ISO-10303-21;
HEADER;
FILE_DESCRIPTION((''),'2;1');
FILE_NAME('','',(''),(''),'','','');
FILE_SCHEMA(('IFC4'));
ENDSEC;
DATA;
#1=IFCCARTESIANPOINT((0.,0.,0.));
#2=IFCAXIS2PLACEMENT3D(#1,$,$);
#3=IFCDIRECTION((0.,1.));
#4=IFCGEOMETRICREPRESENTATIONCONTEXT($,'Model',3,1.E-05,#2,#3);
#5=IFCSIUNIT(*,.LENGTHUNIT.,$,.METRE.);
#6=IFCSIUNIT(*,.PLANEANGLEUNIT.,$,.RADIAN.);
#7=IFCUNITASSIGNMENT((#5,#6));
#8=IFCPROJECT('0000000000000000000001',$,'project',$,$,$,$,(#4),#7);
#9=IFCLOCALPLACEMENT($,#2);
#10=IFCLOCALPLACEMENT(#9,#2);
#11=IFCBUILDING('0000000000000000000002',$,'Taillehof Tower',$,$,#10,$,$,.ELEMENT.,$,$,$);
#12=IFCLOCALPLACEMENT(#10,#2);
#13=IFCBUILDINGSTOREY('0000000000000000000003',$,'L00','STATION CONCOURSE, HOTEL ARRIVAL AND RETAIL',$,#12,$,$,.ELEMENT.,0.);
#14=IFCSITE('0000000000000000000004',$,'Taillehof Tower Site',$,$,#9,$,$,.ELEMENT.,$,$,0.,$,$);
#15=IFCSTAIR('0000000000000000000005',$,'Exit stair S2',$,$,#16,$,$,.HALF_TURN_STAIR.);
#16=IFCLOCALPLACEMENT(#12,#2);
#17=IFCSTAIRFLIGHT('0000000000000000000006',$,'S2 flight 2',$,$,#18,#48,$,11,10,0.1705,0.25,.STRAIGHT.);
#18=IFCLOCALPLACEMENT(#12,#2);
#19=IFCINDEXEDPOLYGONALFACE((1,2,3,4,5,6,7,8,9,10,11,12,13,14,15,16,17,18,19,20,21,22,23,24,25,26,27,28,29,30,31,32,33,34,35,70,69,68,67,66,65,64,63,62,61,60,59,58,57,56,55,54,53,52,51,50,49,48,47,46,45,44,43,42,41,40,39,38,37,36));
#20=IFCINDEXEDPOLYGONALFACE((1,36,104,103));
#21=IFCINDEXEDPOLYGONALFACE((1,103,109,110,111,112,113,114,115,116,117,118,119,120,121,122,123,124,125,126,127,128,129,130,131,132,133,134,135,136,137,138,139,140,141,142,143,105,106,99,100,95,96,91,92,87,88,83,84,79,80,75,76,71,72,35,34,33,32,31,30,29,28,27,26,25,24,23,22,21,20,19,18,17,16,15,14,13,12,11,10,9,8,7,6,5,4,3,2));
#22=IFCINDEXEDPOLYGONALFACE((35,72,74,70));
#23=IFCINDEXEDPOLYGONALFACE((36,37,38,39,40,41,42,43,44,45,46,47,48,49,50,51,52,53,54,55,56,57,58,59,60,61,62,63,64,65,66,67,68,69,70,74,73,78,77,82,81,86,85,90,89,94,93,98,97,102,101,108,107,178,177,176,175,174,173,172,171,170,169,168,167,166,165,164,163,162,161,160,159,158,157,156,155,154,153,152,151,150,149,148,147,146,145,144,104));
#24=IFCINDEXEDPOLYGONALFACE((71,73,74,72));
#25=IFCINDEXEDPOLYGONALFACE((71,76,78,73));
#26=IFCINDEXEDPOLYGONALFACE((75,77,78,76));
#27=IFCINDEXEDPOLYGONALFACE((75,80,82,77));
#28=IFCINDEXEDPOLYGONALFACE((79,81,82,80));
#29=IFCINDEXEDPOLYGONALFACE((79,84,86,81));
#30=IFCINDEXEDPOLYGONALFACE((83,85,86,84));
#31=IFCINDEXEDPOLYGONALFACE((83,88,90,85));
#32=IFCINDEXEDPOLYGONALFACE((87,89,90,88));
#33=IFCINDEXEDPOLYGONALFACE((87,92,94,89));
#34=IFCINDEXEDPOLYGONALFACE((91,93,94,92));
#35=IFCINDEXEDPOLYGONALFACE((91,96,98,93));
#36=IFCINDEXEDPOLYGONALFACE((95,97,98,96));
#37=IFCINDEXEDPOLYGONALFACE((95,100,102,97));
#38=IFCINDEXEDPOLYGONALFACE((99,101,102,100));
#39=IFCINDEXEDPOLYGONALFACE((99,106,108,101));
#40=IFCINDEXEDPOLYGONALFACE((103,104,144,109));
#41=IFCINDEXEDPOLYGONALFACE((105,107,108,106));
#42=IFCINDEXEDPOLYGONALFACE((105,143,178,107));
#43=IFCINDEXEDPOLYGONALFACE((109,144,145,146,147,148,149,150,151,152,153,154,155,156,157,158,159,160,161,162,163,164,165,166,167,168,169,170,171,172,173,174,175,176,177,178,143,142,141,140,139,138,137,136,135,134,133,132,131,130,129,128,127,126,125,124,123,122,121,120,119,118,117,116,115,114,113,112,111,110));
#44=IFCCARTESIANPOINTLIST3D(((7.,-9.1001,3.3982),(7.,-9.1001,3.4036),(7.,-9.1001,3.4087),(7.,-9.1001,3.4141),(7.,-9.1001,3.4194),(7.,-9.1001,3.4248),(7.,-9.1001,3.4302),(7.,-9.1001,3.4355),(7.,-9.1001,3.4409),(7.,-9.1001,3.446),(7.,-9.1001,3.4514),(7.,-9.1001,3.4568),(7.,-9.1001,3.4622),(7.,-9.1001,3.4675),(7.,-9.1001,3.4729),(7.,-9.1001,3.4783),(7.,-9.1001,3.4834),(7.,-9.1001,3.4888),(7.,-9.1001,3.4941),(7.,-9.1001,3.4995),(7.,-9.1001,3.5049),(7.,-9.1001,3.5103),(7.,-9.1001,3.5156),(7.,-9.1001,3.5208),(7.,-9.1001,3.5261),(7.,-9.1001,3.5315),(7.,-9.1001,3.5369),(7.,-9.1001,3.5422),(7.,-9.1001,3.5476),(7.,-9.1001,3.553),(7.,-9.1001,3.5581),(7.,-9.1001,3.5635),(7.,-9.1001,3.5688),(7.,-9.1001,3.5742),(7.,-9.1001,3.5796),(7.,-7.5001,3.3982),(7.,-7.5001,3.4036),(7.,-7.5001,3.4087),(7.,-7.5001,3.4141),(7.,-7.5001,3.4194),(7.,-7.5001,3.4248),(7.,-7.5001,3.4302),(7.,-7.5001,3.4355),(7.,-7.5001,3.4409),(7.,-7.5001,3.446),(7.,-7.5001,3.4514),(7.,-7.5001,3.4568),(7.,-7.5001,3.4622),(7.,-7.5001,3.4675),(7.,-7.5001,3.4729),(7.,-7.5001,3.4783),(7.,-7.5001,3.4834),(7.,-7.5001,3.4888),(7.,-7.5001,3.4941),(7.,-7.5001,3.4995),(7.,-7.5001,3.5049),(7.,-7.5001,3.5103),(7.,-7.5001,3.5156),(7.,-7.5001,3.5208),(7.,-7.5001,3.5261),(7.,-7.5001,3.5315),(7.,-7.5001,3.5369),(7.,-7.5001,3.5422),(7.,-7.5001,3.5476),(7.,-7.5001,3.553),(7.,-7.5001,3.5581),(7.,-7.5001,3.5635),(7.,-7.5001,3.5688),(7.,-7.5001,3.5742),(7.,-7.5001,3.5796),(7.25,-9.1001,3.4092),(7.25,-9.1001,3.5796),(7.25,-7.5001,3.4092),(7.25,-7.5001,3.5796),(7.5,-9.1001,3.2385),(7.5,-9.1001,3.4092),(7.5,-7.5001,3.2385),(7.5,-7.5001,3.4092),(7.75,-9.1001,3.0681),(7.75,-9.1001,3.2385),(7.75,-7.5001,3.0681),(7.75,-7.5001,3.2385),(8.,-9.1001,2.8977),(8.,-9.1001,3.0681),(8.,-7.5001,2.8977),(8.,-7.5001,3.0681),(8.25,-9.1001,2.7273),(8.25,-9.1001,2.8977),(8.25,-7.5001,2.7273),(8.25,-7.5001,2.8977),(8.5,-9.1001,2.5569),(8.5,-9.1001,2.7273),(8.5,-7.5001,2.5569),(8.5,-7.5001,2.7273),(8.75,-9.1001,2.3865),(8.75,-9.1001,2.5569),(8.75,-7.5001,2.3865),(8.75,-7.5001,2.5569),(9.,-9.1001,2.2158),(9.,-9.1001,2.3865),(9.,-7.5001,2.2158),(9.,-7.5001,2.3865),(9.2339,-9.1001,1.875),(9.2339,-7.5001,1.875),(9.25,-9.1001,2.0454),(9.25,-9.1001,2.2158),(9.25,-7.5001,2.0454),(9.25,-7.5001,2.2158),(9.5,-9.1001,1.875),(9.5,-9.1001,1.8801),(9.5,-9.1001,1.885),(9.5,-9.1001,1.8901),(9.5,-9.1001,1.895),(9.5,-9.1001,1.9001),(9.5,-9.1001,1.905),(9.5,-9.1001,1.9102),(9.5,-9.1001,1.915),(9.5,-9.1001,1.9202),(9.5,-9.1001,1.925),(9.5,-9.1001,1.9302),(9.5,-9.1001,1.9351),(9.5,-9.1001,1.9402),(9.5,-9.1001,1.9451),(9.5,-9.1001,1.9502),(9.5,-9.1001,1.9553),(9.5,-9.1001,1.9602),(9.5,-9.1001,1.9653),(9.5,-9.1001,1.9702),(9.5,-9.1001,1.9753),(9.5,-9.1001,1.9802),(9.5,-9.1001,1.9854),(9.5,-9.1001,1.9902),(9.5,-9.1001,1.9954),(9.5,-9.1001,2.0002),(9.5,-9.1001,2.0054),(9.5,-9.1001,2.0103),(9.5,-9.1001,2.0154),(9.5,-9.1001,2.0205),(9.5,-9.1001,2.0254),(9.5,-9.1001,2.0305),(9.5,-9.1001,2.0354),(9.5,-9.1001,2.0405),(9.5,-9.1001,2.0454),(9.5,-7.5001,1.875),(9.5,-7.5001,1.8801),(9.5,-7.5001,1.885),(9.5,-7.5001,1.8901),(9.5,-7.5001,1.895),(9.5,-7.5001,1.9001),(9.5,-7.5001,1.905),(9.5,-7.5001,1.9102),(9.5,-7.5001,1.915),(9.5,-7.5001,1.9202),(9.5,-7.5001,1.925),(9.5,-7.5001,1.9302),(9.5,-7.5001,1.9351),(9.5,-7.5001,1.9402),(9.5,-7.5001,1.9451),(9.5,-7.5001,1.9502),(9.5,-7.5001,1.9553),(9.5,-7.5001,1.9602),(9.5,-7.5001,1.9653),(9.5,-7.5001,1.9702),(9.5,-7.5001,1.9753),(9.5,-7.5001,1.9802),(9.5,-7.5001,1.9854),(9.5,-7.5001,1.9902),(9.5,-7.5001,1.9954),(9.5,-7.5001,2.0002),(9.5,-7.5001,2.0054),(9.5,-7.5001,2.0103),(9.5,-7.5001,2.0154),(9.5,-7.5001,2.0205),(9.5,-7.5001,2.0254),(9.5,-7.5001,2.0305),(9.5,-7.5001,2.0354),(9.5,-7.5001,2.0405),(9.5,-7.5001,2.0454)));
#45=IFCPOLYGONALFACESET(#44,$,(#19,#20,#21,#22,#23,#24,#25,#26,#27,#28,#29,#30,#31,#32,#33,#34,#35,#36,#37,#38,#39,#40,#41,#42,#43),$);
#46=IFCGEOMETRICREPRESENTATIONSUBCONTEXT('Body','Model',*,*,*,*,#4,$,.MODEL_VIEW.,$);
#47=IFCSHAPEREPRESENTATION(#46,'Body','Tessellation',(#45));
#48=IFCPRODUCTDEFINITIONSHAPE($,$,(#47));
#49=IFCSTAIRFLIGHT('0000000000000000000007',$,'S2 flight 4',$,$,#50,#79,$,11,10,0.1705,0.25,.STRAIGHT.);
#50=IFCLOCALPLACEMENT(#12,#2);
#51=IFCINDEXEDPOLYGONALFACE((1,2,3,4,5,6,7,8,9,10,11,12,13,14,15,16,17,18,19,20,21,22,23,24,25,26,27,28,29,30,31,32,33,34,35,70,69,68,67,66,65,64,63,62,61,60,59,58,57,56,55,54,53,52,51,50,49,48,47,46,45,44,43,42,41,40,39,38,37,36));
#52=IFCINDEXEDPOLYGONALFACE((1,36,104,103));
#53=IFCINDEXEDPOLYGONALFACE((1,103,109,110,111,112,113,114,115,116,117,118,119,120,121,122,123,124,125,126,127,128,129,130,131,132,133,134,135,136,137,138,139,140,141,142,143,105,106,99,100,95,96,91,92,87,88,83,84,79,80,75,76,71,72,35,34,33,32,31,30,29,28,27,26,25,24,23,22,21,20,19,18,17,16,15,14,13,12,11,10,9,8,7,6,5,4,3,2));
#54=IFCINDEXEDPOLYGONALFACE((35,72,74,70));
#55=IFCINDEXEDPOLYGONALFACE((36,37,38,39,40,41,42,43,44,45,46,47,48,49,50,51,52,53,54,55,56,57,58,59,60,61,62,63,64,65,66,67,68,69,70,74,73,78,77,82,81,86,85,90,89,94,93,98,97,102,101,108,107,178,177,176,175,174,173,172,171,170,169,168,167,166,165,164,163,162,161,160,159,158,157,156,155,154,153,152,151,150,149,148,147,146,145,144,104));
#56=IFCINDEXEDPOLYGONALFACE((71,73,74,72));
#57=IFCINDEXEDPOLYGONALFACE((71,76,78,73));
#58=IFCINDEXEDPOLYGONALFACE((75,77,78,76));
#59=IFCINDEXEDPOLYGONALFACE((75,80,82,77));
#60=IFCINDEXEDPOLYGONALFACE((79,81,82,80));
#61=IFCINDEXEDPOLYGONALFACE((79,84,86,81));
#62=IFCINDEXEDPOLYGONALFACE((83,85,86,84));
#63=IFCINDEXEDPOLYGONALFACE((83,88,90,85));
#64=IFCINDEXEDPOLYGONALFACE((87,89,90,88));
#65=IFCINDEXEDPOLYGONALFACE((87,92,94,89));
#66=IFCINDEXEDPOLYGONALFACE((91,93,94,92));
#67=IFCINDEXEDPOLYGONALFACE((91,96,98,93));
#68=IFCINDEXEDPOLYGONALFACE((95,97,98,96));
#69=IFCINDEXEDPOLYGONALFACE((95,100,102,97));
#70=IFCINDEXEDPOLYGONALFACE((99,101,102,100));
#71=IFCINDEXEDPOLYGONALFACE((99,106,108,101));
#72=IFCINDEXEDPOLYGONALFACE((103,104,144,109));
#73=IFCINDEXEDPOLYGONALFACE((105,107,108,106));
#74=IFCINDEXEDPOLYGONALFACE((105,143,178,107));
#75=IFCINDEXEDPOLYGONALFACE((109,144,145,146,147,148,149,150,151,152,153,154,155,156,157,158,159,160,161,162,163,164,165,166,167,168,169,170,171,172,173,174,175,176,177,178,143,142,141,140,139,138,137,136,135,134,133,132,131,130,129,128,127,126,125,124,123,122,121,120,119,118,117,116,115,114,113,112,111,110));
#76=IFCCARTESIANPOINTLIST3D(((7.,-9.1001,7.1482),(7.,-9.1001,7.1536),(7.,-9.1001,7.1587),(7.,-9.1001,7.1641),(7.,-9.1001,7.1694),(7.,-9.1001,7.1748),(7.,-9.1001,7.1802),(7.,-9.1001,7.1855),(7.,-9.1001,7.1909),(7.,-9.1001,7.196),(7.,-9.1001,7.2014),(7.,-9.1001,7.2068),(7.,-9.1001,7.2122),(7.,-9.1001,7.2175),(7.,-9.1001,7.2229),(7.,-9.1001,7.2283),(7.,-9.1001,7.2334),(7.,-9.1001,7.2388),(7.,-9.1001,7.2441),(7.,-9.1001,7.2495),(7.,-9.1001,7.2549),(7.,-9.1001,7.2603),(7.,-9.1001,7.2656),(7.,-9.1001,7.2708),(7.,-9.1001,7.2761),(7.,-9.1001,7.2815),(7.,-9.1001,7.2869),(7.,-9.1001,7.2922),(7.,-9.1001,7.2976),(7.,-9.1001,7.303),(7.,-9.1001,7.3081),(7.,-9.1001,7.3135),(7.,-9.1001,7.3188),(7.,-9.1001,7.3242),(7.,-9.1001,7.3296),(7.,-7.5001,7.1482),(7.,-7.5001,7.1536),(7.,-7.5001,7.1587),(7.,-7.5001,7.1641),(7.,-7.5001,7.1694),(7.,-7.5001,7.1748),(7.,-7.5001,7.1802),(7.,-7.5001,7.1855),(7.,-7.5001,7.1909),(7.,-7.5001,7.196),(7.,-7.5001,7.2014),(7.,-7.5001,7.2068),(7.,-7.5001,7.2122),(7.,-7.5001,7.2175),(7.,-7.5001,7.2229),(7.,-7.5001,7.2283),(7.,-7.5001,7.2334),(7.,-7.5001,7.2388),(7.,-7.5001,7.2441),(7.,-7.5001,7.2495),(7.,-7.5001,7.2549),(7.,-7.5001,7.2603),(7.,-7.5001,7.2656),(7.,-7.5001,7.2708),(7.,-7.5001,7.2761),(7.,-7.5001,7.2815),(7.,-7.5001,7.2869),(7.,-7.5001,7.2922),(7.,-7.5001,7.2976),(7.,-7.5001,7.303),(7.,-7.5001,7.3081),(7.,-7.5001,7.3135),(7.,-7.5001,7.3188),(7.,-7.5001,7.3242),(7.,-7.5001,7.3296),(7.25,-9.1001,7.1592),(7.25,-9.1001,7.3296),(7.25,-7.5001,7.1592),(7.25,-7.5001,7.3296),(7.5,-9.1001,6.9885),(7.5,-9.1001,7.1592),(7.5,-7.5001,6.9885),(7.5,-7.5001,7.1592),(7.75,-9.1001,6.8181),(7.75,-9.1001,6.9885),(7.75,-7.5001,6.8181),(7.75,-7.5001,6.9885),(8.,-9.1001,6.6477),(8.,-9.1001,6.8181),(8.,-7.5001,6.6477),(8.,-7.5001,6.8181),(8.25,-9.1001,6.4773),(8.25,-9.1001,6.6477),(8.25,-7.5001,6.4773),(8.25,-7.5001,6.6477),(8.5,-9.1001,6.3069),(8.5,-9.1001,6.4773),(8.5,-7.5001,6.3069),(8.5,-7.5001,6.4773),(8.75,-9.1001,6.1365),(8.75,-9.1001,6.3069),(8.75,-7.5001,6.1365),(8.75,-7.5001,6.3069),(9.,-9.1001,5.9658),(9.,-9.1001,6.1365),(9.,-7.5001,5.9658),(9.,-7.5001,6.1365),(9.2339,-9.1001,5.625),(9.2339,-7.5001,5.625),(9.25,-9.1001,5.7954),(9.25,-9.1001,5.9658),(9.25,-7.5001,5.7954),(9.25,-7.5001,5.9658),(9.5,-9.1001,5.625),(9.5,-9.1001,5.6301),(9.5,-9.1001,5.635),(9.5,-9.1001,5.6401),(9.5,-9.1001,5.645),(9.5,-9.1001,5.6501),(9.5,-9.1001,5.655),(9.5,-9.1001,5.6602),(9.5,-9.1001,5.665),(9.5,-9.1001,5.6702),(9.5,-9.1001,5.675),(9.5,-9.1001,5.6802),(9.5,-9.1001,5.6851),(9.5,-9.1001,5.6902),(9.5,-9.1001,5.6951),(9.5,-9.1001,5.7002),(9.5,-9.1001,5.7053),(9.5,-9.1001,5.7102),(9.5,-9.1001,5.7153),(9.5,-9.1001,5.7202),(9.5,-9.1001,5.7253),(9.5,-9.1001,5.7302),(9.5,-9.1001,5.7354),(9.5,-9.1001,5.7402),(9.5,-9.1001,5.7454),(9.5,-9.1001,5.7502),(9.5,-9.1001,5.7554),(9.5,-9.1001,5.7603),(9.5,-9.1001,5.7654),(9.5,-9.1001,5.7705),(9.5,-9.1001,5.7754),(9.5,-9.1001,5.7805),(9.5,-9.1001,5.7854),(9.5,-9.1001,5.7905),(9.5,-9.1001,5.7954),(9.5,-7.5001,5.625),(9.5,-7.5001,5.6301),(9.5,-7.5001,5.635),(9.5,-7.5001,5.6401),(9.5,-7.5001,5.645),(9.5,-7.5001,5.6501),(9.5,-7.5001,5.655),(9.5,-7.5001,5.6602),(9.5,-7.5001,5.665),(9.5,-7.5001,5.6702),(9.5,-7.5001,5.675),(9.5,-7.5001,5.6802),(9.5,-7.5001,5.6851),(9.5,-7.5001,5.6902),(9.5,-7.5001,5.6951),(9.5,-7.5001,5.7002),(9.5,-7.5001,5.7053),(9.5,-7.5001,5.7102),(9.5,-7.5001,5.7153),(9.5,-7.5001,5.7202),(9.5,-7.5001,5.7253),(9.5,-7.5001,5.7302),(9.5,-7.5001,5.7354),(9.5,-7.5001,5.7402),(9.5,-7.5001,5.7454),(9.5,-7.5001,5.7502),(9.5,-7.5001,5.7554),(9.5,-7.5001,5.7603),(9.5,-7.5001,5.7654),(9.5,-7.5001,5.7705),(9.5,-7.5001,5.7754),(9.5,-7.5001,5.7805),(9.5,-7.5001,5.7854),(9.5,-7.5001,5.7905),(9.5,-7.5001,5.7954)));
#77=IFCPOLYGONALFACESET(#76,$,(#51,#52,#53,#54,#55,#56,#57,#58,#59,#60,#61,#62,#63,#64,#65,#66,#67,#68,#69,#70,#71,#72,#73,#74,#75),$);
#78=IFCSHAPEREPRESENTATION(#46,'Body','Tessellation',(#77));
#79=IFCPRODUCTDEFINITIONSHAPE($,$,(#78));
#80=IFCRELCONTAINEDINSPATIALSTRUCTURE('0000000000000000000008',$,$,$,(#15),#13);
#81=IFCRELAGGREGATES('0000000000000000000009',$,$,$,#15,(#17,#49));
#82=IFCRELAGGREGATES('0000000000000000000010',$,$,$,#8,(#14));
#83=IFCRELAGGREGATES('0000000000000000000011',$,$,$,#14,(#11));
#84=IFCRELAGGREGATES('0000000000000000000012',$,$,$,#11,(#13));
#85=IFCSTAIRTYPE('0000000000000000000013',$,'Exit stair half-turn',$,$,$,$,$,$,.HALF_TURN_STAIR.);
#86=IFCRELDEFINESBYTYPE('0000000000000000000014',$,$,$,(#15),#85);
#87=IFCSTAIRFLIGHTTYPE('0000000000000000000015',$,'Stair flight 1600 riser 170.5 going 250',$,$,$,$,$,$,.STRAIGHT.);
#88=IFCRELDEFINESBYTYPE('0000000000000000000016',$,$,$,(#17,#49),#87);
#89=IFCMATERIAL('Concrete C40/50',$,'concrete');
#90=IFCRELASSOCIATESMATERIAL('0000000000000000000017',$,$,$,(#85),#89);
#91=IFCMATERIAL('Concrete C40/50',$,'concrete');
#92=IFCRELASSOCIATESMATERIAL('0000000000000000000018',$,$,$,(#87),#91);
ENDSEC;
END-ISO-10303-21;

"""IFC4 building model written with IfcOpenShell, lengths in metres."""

from ifc_helpers import new_model, si_unit, direction, frame, origin, place, context, subcontext, project, spatial, polyline, outline, extrude, material, type_object, element, aggregate, save


model = new_model("IFC4")

# Units and contexts
model_context = context("Model", 3, precision=1e-05, world=origin(), true_north=direction((0.0, 1.0)))
body_context = subcontext(model_context, "Body", "Model", "MODEL_VIEW")
ifc_project = project(units=[si_unit("LENGTHUNIT", "METRE"), si_unit("PLANEANGLEUNIT", "RADIAN")], contexts=[model_context])

# Site, building, storey
site_placement = place(None, origin())
site = spatial("IfcSite", under=ifc_project, at=site_placement, Name="Taillehof Tower Site", CompositionType="ELEMENT", RefElevation=0.0)
building_placement = place(site_placement, origin())
building = spatial("IfcBuilding", under=site, at=building_placement, Name="Taillehof Tower", CompositionType="ELEMENT")
storey_placement = place(building_placement, origin())
storey = spatial("IfcBuildingStorey", under=building, at=storey_placement, Name="L00", Description="STATION CONCOURSE, HOTEL ARRIVAL AND RETAIL", CompositionType="ELEMENT", Elevation=0.0)

# Stair, stair flights
ifc_material_1 = material(Name="Concrete C40/50", Category="concrete")
stair_type = type_object("IfcStairType", Name="Exit stair half-turn", PredefinedType="HALF_TURN_STAIR", material=ifc_material_1)
stair_placement = place(storey_placement, origin())
stair = element("IfcStair", 1, at=stair_placement, inside=storey, type_object=stair_type, Name="Exit stair S2", PredefinedType="HALF_TURN_STAIR")
ifc_material_2 = material(Name="Concrete C40/50", Category="concrete")
stair_flight_type = type_object("IfcStairFlightType", Name="Stair flight 1600 riser 170.5 going 250", PredefinedType="STRAIGHT", material=ifc_material_2)
stair_flight_1_placement = place(storey_placement, frame((9.5, -8.3, 1.875), z_axis=(0.0, 0.0, 1.0), x_axis=(-1.0, 0.0, 0.0)))
stair_flight_1 = element("IfcStairFlight", 2, at=stair_flight_1_placement, type_object=stair_flight_type, Name="S2 flight 2", NumberOfRisers=11, NumberOfTreads=10, PredefinedType="STRAIGHT", RiserHeight=0.1705, TreadLength=0.25, context=body_context, shape_type="SweptSolid", body=[
    extrude(outline(polyline([(0.0, 0.0), (0.0, 0.0051), (0.0, 0.01), (0.0, 0.0151), (0.0, 0.02), (0.0, 0.0251), (0.0, 0.03), (0.0, 0.0352), (0.0, 0.04), (0.0, 0.0452), (0.0, 0.05), (0.0, 0.0552), (0.0, 0.0601), (0.0, 0.0652), (0.0, 0.0701), (0.0, 0.0752), (0.0, 0.0803), (0.0, 0.0852), (0.0, 0.0903), (0.0, 0.0952), (0.0, 0.1003), (0.0, 0.1052), (0.0, 0.1104), (0.0, 0.1152), (0.0, 0.1204), (0.0, 0.1252), (0.0, 0.1304), (0.0, 0.1353), (0.0, 0.1404), (0.0, 0.1455), (0.0, 0.1504), (0.0, 0.1555), (0.0, 0.1604), (0.0, 0.1655), (0.0, 0.1704), (0.25, 0.1704), (0.25, 0.3408), (0.5, 0.3408), (0.5, 0.5115), (0.75, 0.5115), (0.75, 0.6819), (1.0, 0.6819), (1.0, 0.8523), (1.25, 0.8523), (1.25, 1.0227), (1.5, 1.0227), (1.5, 1.1931), (1.75, 1.1931), (1.75, 1.3635), (2.0, 1.3635), (2.0, 1.5342), (2.25, 1.5342), (2.25, 1.7046), (2.5, 1.7046), (2.5, 1.6992), (2.5, 1.6938), (2.5, 1.6885), (2.5, 1.6831), (2.5, 1.678), (2.5, 1.6726), (2.5, 1.6672), (2.5, 1.6619), (2.5, 1.6565), (2.5, 1.6511), (2.5, 1.6458), (2.5, 1.6406), (2.5, 1.6353), (2.5, 1.6299), (2.5, 1.6245), (2.5, 1.6191), (2.5, 1.6138), (2.5, 1.6084), (2.5, 1.6033), (2.5, 1.5979), (2.5, 1.5925), (2.5, 1.5872), (2.5, 1.5818), (2.5, 1.5764), (2.5, 1.571), (2.5, 1.5659), (2.5, 1.5605), (2.5, 1.5552), (2.5, 1.5498), (2.5, 1.5444), (2.5, 1.5391), (2.5, 1.5337), (2.5, 1.5286), (2.5, 1.5232), (0.2661, 0.0), (0.0, 0.0)])), frame((0.0, 0.8, 0.0), z_axis=(0.0, -1.0, 0.0), x_axis=(1.0, 0.0, 0.0)), (0.0, 0.0, 1.0), 1.6),
])
stair_flight_2_placement = place(storey_placement, frame((9.5, -8.3, 5.625), z_axis=(0.0, 0.0, 1.0), x_axis=(-1.0, 0.0, 0.0)))
stair_flight_2 = element("IfcStairFlight", 3, at=stair_flight_2_placement, type_object=stair_flight_type, Name="S2 flight 4", NumberOfRisers=11, NumberOfTreads=10, PredefinedType="STRAIGHT", RiserHeight=0.1705, TreadLength=0.25, context=body_context, shape_type="SweptSolid", body=[
    extrude(outline(polyline([(0.0, 0.0), (0.0, 0.0051), (0.0, 0.01), (0.0, 0.0151), (0.0, 0.02), (0.0, 0.0251), (0.0, 0.03), (0.0, 0.0352), (0.0, 0.04), (0.0, 0.0452), (0.0, 0.05), (0.0, 0.0552), (0.0, 0.0601), (0.0, 0.0652), (0.0, 0.0701), (0.0, 0.0752), (0.0, 0.0803), (0.0, 0.0852), (0.0, 0.0903), (0.0, 0.0952), (0.0, 0.1003), (0.0, 0.1052), (0.0, 0.1104), (0.0, 0.1152), (0.0, 0.1204), (0.0, 0.1252), (0.0, 0.1304), (0.0, 0.1353), (0.0, 0.1404), (0.0, 0.1455), (0.0, 0.1504), (0.0, 0.1555), (0.0, 0.1604), (0.0, 0.1655), (0.0, 0.1704), (0.25, 0.1704), (0.25, 0.3408), (0.5, 0.3408), (0.5, 0.5115), (0.75, 0.5115), (0.75, 0.6819), (1.0, 0.6819), (1.0, 0.8523), (1.25, 0.8523), (1.25, 1.0227), (1.5, 1.0227), (1.5, 1.1931), (1.75, 1.1931), (1.75, 1.3635), (2.0, 1.3635), (2.0, 1.5342), (2.25, 1.5342), (2.25, 1.7046), (2.5, 1.7046), (2.5, 1.6992), (2.5, 1.6938), (2.5, 1.6885), (2.5, 1.6831), (2.5, 1.678), (2.5, 1.6726), (2.5, 1.6672), (2.5, 1.6619), (2.5, 1.6565), (2.5, 1.6511), (2.5, 1.6458), (2.5, 1.6406), (2.5, 1.6353), (2.5, 1.6299), (2.5, 1.6245), (2.5, 1.6191), (2.5, 1.6138), (2.5, 1.6084), (2.5, 1.6033), (2.5, 1.5979), (2.5, 1.5925), (2.5, 1.5872), (2.5, 1.5818), (2.5, 1.5764), (2.5, 1.571), (2.5, 1.5659), (2.5, 1.5605), (2.5, 1.5552), (2.5, 1.5498), (2.5, 1.5444), (2.5, 1.5391), (2.5, 1.5337), (2.5, 1.5286), (2.5, 1.5232), (0.2661, 0.0), (0.0, 0.0)])), frame((0.0, 0.8, 0.0), z_axis=(0.0, -1.0, 0.0), x_axis=(1.0, 0.0, 0.0)), (0.0, 0.0, 1.0), 1.6),
])
aggregate(stair, [stair_flight_1, stair_flight_2])

save(model, "model.ifc")
